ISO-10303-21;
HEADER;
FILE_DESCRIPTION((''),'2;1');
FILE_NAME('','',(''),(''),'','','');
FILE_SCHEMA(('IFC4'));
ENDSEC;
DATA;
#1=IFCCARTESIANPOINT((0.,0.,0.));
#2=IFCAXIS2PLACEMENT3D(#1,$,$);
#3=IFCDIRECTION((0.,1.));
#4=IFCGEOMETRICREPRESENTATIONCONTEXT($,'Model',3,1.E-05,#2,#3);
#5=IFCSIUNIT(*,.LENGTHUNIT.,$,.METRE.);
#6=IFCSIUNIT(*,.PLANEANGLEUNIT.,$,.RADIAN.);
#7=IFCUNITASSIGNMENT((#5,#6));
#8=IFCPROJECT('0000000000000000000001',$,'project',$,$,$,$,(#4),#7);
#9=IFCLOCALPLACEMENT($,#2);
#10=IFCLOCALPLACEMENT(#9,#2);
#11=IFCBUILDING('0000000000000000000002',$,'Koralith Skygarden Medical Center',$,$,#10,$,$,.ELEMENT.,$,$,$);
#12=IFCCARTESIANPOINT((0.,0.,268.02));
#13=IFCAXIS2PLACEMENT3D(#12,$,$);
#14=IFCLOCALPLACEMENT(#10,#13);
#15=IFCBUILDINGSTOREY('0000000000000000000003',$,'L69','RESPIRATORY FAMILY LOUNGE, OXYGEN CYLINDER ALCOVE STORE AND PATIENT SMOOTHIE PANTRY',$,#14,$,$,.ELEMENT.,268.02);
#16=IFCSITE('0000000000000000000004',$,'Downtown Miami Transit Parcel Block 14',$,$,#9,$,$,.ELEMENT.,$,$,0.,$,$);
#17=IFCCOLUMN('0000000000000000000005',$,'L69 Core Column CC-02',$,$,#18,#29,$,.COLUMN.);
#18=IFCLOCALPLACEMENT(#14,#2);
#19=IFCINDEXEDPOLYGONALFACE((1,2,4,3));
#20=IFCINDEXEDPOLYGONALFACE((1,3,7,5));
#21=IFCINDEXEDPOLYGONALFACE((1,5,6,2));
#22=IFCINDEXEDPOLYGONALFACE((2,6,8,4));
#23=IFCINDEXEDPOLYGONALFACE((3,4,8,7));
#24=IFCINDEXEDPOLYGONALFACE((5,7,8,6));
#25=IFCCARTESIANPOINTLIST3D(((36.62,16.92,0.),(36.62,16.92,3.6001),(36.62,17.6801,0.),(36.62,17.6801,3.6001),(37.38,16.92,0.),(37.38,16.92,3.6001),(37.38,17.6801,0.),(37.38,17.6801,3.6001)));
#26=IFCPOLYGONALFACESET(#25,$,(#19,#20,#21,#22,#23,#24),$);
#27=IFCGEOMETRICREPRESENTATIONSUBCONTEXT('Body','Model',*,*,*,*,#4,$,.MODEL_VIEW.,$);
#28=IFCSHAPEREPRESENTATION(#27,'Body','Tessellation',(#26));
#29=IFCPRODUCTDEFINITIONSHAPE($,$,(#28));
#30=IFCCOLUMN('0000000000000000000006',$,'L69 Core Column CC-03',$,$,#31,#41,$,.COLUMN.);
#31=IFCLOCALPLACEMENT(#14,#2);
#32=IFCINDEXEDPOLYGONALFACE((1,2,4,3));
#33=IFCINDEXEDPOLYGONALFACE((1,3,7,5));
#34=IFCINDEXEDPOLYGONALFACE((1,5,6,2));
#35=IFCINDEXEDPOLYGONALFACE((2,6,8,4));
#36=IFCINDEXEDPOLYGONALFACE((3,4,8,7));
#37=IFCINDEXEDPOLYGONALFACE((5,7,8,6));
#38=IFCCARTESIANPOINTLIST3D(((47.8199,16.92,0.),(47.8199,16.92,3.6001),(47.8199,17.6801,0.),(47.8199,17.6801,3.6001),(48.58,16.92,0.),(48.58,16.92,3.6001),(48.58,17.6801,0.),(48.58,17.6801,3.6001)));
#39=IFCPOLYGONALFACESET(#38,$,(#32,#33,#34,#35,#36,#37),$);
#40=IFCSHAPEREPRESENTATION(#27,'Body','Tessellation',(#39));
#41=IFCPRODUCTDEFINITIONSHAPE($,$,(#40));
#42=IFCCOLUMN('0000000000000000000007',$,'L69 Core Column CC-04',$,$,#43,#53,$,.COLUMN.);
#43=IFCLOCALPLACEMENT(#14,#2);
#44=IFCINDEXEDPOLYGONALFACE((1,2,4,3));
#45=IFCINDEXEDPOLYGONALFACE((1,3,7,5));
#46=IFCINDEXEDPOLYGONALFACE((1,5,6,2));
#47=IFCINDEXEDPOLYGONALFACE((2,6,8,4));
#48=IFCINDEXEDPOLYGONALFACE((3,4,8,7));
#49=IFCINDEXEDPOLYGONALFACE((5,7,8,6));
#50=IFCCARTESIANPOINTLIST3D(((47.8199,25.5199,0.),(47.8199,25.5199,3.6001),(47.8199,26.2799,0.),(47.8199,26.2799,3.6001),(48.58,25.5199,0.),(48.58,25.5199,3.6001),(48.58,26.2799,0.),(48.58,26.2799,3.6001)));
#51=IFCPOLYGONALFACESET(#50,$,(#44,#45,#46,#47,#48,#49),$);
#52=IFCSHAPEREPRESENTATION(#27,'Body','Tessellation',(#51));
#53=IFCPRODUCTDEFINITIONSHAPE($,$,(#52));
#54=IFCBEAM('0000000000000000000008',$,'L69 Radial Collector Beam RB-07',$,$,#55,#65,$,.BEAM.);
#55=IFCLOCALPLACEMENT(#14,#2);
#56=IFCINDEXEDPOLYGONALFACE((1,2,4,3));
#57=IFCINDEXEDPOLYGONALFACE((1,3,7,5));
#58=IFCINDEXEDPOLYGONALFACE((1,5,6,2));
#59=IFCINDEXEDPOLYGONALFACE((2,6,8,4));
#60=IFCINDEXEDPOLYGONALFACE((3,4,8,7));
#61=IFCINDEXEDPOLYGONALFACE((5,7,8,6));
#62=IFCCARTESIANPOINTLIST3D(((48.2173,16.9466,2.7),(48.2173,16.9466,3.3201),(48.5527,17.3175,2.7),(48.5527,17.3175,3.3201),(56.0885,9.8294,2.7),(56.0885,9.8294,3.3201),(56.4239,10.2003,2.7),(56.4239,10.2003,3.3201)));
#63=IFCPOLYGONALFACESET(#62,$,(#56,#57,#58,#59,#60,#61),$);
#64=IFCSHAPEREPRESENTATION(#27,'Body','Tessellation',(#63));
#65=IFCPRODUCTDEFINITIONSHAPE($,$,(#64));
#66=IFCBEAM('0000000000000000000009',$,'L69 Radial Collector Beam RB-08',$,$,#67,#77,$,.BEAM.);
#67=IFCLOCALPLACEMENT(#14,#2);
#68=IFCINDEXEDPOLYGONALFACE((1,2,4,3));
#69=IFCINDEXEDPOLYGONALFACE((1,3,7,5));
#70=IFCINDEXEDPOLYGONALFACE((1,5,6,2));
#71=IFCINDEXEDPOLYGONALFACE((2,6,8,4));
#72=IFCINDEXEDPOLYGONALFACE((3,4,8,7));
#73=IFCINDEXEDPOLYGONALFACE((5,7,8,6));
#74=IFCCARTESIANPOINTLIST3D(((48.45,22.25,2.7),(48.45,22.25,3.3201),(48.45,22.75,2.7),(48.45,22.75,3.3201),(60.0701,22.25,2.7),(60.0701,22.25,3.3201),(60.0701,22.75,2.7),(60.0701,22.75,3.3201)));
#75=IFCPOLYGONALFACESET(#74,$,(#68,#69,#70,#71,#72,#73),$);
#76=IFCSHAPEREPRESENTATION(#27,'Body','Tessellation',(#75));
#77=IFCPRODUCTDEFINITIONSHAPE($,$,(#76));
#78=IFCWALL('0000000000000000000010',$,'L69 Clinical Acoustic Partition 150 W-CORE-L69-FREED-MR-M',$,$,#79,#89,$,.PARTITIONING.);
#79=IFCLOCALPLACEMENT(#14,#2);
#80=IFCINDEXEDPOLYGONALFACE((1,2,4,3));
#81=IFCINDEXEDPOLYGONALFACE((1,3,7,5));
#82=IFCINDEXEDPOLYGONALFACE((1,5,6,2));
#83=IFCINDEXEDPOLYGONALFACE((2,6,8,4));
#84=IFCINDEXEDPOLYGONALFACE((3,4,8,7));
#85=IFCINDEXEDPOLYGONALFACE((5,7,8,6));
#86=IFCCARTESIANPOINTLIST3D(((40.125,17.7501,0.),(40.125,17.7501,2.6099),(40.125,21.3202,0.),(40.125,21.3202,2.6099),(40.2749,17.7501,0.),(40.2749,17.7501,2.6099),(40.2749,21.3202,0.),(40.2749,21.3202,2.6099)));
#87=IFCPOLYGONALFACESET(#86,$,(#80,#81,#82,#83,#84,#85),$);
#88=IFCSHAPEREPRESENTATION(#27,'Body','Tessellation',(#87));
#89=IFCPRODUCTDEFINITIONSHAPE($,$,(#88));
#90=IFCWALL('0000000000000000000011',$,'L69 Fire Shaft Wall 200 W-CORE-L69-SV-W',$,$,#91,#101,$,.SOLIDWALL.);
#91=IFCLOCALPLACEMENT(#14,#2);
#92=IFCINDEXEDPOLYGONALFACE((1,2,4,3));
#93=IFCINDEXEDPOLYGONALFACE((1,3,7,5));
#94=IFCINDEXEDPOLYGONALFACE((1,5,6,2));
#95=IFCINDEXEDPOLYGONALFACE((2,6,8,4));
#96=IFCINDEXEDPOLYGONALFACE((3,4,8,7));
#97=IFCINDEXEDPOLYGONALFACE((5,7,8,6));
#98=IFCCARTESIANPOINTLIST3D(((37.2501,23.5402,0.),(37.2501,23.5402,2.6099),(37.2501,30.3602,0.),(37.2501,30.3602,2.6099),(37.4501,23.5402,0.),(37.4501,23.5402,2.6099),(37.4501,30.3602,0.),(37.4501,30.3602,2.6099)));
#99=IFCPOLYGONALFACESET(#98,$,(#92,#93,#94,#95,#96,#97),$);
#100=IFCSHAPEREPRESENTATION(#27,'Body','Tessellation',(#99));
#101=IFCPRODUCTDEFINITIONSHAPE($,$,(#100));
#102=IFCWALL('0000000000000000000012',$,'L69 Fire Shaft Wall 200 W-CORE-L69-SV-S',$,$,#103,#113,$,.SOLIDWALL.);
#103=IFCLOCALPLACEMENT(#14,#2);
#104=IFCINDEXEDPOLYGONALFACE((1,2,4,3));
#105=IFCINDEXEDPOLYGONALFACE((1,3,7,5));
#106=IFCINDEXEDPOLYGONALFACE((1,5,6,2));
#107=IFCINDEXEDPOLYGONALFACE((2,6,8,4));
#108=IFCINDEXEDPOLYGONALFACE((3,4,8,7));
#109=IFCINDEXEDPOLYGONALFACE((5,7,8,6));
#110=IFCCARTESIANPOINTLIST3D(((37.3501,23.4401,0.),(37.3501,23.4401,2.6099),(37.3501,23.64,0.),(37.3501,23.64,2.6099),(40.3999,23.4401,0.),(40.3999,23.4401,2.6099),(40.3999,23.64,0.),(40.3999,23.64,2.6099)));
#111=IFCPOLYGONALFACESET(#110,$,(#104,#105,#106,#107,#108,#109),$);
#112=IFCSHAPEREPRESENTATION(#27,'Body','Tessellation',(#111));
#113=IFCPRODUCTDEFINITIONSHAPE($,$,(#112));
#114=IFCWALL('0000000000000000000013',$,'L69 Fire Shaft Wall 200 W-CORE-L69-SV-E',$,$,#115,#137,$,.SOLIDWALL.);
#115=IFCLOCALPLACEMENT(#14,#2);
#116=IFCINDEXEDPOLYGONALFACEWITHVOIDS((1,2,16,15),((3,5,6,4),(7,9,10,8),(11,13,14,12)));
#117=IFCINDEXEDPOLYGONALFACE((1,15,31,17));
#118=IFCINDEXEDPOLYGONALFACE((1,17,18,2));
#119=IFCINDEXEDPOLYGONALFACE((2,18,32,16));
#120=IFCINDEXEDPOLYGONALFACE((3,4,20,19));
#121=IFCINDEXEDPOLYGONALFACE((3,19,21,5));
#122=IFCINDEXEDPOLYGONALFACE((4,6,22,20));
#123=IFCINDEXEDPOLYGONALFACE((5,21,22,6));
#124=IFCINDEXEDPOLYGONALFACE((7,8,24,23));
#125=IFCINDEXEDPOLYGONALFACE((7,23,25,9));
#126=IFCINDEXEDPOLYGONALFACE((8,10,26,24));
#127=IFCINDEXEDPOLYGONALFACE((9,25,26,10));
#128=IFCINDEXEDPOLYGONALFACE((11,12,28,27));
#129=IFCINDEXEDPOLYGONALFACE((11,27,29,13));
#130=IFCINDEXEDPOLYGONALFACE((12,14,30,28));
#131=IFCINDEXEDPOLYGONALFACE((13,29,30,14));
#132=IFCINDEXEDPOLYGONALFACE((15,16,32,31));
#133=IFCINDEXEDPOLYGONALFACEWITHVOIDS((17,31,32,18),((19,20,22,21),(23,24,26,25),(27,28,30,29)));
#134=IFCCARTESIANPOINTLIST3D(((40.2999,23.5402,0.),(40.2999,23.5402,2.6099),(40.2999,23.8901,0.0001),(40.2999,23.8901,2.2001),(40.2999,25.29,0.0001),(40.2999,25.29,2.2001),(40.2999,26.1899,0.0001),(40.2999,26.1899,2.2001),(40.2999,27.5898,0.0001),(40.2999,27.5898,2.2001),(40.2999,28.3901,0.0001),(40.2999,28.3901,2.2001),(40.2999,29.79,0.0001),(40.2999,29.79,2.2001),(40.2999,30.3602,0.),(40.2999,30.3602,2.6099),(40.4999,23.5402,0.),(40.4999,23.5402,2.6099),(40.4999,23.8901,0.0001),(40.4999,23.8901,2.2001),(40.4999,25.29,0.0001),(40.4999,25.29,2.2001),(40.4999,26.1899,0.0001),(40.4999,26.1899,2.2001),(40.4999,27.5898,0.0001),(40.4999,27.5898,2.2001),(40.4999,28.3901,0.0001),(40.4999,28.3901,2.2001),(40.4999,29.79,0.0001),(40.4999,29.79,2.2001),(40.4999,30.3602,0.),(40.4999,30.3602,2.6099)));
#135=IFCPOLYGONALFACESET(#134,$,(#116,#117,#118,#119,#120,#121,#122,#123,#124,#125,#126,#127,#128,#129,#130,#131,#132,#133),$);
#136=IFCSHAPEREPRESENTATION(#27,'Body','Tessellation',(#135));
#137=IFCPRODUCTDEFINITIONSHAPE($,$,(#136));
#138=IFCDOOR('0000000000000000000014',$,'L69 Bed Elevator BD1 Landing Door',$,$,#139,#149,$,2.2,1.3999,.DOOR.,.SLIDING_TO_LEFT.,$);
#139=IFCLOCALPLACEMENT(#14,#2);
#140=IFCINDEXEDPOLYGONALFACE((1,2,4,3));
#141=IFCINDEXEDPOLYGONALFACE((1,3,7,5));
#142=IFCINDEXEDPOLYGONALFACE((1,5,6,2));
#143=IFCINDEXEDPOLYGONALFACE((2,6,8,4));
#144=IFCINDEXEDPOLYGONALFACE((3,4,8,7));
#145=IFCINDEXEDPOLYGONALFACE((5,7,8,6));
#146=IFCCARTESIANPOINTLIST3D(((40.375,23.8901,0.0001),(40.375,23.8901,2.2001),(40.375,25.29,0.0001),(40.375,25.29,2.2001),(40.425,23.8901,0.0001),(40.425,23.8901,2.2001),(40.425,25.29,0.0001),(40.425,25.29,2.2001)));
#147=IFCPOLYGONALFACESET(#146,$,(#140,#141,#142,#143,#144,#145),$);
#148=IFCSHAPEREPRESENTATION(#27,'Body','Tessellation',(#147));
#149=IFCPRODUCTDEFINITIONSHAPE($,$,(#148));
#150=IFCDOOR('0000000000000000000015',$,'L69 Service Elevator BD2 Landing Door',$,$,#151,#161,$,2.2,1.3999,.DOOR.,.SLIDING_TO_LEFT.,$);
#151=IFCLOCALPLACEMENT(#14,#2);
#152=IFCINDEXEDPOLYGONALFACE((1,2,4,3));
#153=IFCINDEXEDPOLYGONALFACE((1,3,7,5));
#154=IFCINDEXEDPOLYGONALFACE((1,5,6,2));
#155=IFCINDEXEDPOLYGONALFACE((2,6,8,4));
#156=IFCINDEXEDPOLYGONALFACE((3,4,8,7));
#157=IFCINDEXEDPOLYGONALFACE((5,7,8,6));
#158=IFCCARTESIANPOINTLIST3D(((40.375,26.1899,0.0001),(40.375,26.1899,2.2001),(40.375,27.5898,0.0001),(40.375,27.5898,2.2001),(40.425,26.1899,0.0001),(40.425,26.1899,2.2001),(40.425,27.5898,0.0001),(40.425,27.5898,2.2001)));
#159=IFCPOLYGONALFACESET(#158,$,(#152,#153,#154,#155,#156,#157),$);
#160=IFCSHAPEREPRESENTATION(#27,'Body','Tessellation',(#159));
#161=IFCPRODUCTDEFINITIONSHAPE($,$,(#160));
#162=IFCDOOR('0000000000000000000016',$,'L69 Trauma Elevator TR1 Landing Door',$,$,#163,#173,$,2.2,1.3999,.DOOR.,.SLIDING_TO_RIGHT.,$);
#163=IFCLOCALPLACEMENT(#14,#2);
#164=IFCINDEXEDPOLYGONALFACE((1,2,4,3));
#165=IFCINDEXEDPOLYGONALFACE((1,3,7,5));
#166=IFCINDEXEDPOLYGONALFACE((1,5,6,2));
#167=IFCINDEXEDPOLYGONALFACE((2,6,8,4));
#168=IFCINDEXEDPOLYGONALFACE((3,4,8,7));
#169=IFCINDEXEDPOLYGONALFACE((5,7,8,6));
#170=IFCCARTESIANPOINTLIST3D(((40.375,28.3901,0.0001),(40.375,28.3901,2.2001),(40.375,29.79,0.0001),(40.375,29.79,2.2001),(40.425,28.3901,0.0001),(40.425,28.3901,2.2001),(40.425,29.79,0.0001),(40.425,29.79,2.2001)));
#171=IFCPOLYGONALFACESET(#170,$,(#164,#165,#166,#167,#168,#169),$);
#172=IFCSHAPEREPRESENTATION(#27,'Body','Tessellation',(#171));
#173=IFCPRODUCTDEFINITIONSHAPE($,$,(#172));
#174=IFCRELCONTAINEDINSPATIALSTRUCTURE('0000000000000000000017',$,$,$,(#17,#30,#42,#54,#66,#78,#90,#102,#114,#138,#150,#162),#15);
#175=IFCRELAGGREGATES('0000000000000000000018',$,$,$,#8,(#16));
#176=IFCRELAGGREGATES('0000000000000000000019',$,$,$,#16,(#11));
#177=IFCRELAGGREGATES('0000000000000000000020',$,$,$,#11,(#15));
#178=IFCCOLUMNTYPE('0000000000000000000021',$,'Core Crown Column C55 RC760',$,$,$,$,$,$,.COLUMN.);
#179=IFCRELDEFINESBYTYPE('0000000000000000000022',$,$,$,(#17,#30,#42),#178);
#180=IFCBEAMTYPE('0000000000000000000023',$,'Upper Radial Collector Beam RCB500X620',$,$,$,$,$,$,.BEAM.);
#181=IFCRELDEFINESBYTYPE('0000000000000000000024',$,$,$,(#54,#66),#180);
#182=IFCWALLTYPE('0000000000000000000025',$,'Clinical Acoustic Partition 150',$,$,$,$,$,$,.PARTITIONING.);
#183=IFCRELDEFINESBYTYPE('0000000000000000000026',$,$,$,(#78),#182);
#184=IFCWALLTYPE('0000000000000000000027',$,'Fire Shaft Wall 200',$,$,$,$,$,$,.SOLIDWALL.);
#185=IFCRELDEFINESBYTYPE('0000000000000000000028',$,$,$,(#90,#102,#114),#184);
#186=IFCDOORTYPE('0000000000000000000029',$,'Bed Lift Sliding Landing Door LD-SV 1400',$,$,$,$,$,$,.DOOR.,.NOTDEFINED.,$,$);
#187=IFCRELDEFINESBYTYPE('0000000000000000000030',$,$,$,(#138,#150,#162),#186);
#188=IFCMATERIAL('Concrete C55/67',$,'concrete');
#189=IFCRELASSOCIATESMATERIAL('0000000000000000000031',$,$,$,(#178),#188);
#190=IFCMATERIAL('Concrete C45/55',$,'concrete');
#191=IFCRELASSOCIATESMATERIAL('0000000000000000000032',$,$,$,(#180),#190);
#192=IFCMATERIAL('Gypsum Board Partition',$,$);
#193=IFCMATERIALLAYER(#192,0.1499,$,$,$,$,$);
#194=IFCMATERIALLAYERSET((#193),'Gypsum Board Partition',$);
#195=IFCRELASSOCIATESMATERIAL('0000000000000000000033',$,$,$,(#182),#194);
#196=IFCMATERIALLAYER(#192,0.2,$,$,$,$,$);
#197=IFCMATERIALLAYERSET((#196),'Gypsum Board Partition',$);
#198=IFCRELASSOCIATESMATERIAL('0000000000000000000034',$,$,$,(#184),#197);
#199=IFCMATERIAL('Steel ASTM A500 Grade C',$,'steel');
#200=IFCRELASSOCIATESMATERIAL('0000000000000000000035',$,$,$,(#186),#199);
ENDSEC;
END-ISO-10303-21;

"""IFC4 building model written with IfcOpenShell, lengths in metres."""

from ifc_helpers import new_model, si_unit, direction, frame, frame_2d, origin, origin_2d, place, context, subcontext, project, spatial, rectangle, extrude, material, layer, layer_set, material_profile, profile_set, type_object, element, fill, save


model = new_model("IFC4")

# Units and contexts
model_context = context("Model", 3, precision=1e-05, world=origin(), true_north=direction((0.0, 1.0)))
body_context = subcontext(model_context, "Body", "Model", "MODEL_VIEW")
ifc_project = project(units=[si_unit("LENGTHUNIT", "METRE"), si_unit("PLANEANGLEUNIT", "RADIAN")], contexts=[model_context])

# Site, building, storey
site_placement = place(None, origin())
site = spatial("IfcSite", under=ifc_project, at=site_placement, Name="Downtown Miami Transit Parcel Block 14", CompositionType="ELEMENT", RefElevation=0.0)
building_placement = place(site_placement, origin())
building = spatial("IfcBuilding", under=site, at=building_placement, Name="Koralith Skygarden Medical Center", CompositionType="ELEMENT")
storey_placement = place(building_placement, frame((0.0, 0.0, 268.02)))
storey = spatial("IfcBuildingStorey", under=building, at=storey_placement, Name="L69", Description="RESPIRATORY FAMILY LOUNGE, OXYGEN CYLINDER ALCOVE STORE AND PATIENT SMOOTHIE PANTRY", CompositionType="ELEMENT", Elevation=268.02)

# Columns
ifc_material_1 = material(Name="Concrete C55/67", Category="concrete")
ifc_material_profile_1 = material_profile(ifc_material_1, rectangle(XDim=0.76, YDim=0.76, at=origin_2d()), Name="RC760X760")
ifc_profile_set_1 = profile_set([ifc_material_profile_1], Name="Concrete C55/67")
column_type = type_object("IfcColumnType", Name="Core Crown Column C55 RC760", PredefinedType="COLUMN", material=ifc_profile_set_1)
for number, where, z_axis, x_axis, name in (
    (1, (37.0, 17.3, 0.0), (0.0, 0.0, 1.0), (1.0, 0.0, 0.0), "L69 Core Column CC-02"),
    (2, (48.2, 17.3, 0.0), (0.0, 0.0, 1.0), (1.0, 0.0, 0.0), "L69 Core Column CC-03"),
    (3, (48.2, 25.8999, 0.0), (0.0, 0.0, 1.0), (1.0, 0.0, 0.0), "L69 Core Column CC-04"),
):
    element("IfcColumn", number, at=place(storey_placement, frame(where, z_axis=z_axis, x_axis=x_axis)), inside=storey, type_object=column_type, Name=name, PredefinedType="COLUMN", context=body_context, shape_type="SweptSolid", body=[
        extrude(rectangle(XDim=0.76, YDim=0.76, at=origin_2d()), origin(), (0.0, 0.0, 1.0), 3.6001),
    ])

# Beams
ifc_material_2 = material(Name="Concrete C45/55", Category="concrete")
ifc_material_profile_2 = material_profile(ifc_material_2, rectangle(XDim=0.5, YDim=0.6201, at=origin_2d()), Name="RCB500X620")
ifc_profile_set_2 = profile_set([ifc_material_profile_2], Name="Concrete C45/55")
beam_type = type_object("IfcBeamType", Name="Upper Radial Collector Beam RCB500X620", PredefinedType="BEAM", material=ifc_profile_set_2)
beam_1_placement = place(storey_placement, frame((48.385, 17.1321, 3.01), z_axis=(0.741736, -0.670692, 0.0), x_axis=(0.670692, 0.741736, 0.0)))
element("IfcBeam", 4, at=beam_1_placement, inside=storey, type_object=beam_type, Name="L69 Radial Collector Beam RB-07", PredefinedType="BEAM", context=body_context, shape_type="SweptSolid", body=[
    extrude(rectangle(XDim=0.5, YDim=0.6201, at=origin_2d()), origin(), (0.0, 0.0, 1.0), 10.6118),
])
beam_2_placement = place(storey_placement, frame((48.45, 22.5, 3.01), z_axis=(1.0, 0.0, 0.0), x_axis=(0.0, 1.0, 0.0)))
element("IfcBeam", 5, at=beam_2_placement, inside=storey, type_object=beam_type, Name="L69 Radial Collector Beam RB-08", PredefinedType="BEAM", context=body_context, shape_type="SweptSolid", body=[
    extrude(rectangle(XDim=0.5, YDim=0.6201, at=origin_2d()), origin(), (0.0, 0.0, 1.0), 11.6201),
])

# Shared definitions
ifc_material_3 = material(Name="Gypsum Board Partition")
ifc_layer_1 = layer(ifc_material_3, 0.1499)
ifc_layer_set_1 = layer_set([ifc_layer_1], Name="Gypsum Board Partition")
wall_type_1 = type_object("IfcWallType", Name="Clinical Acoustic Partition 150", PredefinedType="PARTITIONING", material=ifc_layer_set_1)

# Wall
wall_1_placement = place(storey_placement, frame((40.2, 17.75, 0.0), z_axis=(0.0, 0.0, 1.0), x_axis=(0.0, 1.0, 0.0)))
element("IfcWall", 6, at=wall_1_placement, inside=storey, type_object=wall_type_1, Name="L69 Clinical Acoustic Partition 150 W-CORE-L69-FREED-MR-M", PredefinedType="PARTITIONING", context=body_context, shape_type="SweptSolid", body=[
    extrude(rectangle(XDim=3.5701, YDim=0.1499, at=frame_2d((1.7852, 0.0))), origin(), (0.0, 0.0, 1.0), 2.6099),
])

# Shared definitions
ifc_layer_2 = layer(ifc_material_3, 0.2)
ifc_layer_set_2 = layer_set([ifc_layer_2], Name="Gypsum Board Partition")
wall_type_2 = type_object("IfcWallType", Name="Fire Shaft Wall 200", PredefinedType="SOLIDWALL", material=ifc_layer_set_2)
ifc_material_4 = material(Name="Steel ASTM A500 Grade C", Category="steel")

# Walls
wall_2_placement = place(storey_placement, frame((37.3501, 23.54, 0.0), z_axis=(0.0, 0.0, 1.0), x_axis=(0.0, 1.0, 0.0)))
element("IfcWall", 7, at=wall_2_placement, inside=storey, type_object=wall_type_2, Name="L69 Fire Shaft Wall 200 W-CORE-L69-SV-W", PredefinedType="SOLIDWALL", context=body_context, shape_type="SweptSolid", body=[
    extrude(rectangle(XDim=6.8201, YDim=0.2, at=frame_2d((3.4102, 0.0))), origin(), (0.0, 0.0, 1.0), 2.6099),
])
wall_3_placement = place(storey_placement, frame((37.3501, 23.54, 0.0), z_axis=(0.0, 0.0, 1.0), x_axis=(1.0, 0.0, 0.0)))
element("IfcWall", 8, at=wall_3_placement, inside=storey, type_object=wall_type_2, Name="L69 Fire Shaft Wall 200 W-CORE-L69-SV-S", PredefinedType="SOLIDWALL", context=body_context, shape_type="SweptSolid", body=[
    extrude(rectangle(XDim=3.0498, YDim=0.2, at=frame_2d((1.5249, 0.0))), origin(), (0.0, 0.0, 1.0), 2.6099),
])

# Wall, openings, doors
wall_4_placement = place(storey_placement, frame((40.3999, 23.54, 0.0), z_axis=(0.0, 0.0, 1.0), x_axis=(0.0, 1.0, 0.0)))
wall_4 = element("IfcWall", 9, at=wall_4_placement, inside=storey, type_object=wall_type_2, Name="L69 Fire Shaft Wall 200 W-CORE-L69-SV-E", PredefinedType="SOLIDWALL", context=body_context, shape_type="SweptSolid", body=[
    extrude(rectangle(XDim=6.8201, YDim=0.2, at=frame_2d((3.4102, 0.0))), origin(), (0.0, 0.0, 1.0), 2.6099),
])
opening_1_placement = place(wall_4_placement, frame((0.3501, 0.0, 0.0)))
opening_1 = element("IfcOpeningElement", 10, at=opening_1_placement, cuts=wall_4, PredefinedType="OPENING", context=body_context, shape_type="SweptSolid", body=[
    extrude(rectangle(XDim=1.3999, YDim=2.2, at=frame_2d((0.7, 1.1001))), frame((0.0, 0.1099, 0.0), z_axis=(0.0, -1.0, 0.0), x_axis=(1.0, 0.0, 0.0)), (0.0, 0.0, 1.0), 0.22),
])
opening_2_placement = place(wall_4_placement, frame((2.6499, 0.0, 0.0)))
opening_2 = element("IfcOpeningElement", 11, at=opening_2_placement, cuts=wall_4, PredefinedType="OPENING", context=body_context, shape_type="SweptSolid", body=[
    extrude(rectangle(XDim=1.3999, YDim=2.2, at=frame_2d((0.7, 1.1001))), frame((0.0, 0.1099, 0.0), z_axis=(0.0, -1.0, 0.0), x_axis=(1.0, 0.0, 0.0)), (0.0, 0.0, 1.0), 0.22),
])
opening_3_placement = place(wall_4_placement, frame((4.8501, 0.0, 0.0)))
opening_3 = element("IfcOpeningElement", 12, at=opening_3_placement, cuts=wall_4, PredefinedType="OPENING", context=body_context, shape_type="SweptSolid", body=[
    extrude(rectangle(XDim=1.3999, YDim=2.2, at=frame_2d((0.7, 1.1001))), frame((0.0, 0.1099, 0.0), z_axis=(0.0, -1.0, 0.0), x_axis=(1.0, 0.0, 0.0)), (0.0, 0.0, 1.0), 0.22),
])
door_type_1 = type_object("IfcDoorType", Name="Bed Lift Sliding Landing Door LD-SV 1400", OperationType="NOTDEFINED", PredefinedType="DOOR", material=ifc_material_4)
door_1_placement = place(opening_1_placement, origin())
door_1 = element("IfcDoor", 13, at=door_1_placement, inside=storey, type_object=door_type_1, Name="L69 Bed Elevator BD1 Landing Door", OperationType="SLIDING_TO_LEFT", OverallHeight=2.2, OverallWidth=1.3999, PredefinedType="DOOR", context=body_context, shape_type="SweptSolid", body=[
    extrude(rectangle(XDim=1.3999, YDim=2.2, at=frame_2d((0.7, 1.1001))), frame((0.0, 0.0249, 0.0), z_axis=(0.0, -1.0, 0.0), x_axis=(1.0, 0.0, 0.0)), (0.0, 0.0, 1.0), 0.05),
])
fill(opening_1, door_1)
door_2_placement = place(opening_2_placement, origin())
door_2 = element("IfcDoor", 14, at=door_2_placement, inside=storey, type_object=door_type_1, Name="L69 Service Elevator BD2 Landing Door", OperationType="SLIDING_TO_LEFT", OverallHeight=2.2, OverallWidth=1.3999, PredefinedType="DOOR", context=body_context, shape_type="SweptSolid", body=[
    extrude(rectangle(XDim=1.3999, YDim=2.2, at=frame_2d((0.7, 1.1001))), frame((0.0, 0.0249, 0.0), z_axis=(0.0, -1.0, 0.0), x_axis=(1.0, 0.0, 0.0)), (0.0, 0.0, 1.0), 0.05),
])
fill(opening_2, door_2)
door_3_placement = place(opening_3_placement, origin())
door_3 = element("IfcDoor", 15, at=door_3_placement, inside=storey, type_object=door_type_1, Name="L69 Trauma Elevator TR1 Landing Door", OperationType="SLIDING_TO_RIGHT", OverallHeight=2.2, OverallWidth=1.3999, PredefinedType="DOOR", context=body_context, shape_type="SweptSolid", body=[
    extrude(rectangle(XDim=1.3999, YDim=2.2, at=frame_2d((0.7, 1.1001))), frame((0.0, 0.0249, 0.0), z_axis=(0.0, -1.0, 0.0), x_axis=(1.0, 0.0, 0.0)), (0.0, 0.0, 1.0), 0.05),
])
fill(opening_3, door_3)

save(model, "model.ifc")
